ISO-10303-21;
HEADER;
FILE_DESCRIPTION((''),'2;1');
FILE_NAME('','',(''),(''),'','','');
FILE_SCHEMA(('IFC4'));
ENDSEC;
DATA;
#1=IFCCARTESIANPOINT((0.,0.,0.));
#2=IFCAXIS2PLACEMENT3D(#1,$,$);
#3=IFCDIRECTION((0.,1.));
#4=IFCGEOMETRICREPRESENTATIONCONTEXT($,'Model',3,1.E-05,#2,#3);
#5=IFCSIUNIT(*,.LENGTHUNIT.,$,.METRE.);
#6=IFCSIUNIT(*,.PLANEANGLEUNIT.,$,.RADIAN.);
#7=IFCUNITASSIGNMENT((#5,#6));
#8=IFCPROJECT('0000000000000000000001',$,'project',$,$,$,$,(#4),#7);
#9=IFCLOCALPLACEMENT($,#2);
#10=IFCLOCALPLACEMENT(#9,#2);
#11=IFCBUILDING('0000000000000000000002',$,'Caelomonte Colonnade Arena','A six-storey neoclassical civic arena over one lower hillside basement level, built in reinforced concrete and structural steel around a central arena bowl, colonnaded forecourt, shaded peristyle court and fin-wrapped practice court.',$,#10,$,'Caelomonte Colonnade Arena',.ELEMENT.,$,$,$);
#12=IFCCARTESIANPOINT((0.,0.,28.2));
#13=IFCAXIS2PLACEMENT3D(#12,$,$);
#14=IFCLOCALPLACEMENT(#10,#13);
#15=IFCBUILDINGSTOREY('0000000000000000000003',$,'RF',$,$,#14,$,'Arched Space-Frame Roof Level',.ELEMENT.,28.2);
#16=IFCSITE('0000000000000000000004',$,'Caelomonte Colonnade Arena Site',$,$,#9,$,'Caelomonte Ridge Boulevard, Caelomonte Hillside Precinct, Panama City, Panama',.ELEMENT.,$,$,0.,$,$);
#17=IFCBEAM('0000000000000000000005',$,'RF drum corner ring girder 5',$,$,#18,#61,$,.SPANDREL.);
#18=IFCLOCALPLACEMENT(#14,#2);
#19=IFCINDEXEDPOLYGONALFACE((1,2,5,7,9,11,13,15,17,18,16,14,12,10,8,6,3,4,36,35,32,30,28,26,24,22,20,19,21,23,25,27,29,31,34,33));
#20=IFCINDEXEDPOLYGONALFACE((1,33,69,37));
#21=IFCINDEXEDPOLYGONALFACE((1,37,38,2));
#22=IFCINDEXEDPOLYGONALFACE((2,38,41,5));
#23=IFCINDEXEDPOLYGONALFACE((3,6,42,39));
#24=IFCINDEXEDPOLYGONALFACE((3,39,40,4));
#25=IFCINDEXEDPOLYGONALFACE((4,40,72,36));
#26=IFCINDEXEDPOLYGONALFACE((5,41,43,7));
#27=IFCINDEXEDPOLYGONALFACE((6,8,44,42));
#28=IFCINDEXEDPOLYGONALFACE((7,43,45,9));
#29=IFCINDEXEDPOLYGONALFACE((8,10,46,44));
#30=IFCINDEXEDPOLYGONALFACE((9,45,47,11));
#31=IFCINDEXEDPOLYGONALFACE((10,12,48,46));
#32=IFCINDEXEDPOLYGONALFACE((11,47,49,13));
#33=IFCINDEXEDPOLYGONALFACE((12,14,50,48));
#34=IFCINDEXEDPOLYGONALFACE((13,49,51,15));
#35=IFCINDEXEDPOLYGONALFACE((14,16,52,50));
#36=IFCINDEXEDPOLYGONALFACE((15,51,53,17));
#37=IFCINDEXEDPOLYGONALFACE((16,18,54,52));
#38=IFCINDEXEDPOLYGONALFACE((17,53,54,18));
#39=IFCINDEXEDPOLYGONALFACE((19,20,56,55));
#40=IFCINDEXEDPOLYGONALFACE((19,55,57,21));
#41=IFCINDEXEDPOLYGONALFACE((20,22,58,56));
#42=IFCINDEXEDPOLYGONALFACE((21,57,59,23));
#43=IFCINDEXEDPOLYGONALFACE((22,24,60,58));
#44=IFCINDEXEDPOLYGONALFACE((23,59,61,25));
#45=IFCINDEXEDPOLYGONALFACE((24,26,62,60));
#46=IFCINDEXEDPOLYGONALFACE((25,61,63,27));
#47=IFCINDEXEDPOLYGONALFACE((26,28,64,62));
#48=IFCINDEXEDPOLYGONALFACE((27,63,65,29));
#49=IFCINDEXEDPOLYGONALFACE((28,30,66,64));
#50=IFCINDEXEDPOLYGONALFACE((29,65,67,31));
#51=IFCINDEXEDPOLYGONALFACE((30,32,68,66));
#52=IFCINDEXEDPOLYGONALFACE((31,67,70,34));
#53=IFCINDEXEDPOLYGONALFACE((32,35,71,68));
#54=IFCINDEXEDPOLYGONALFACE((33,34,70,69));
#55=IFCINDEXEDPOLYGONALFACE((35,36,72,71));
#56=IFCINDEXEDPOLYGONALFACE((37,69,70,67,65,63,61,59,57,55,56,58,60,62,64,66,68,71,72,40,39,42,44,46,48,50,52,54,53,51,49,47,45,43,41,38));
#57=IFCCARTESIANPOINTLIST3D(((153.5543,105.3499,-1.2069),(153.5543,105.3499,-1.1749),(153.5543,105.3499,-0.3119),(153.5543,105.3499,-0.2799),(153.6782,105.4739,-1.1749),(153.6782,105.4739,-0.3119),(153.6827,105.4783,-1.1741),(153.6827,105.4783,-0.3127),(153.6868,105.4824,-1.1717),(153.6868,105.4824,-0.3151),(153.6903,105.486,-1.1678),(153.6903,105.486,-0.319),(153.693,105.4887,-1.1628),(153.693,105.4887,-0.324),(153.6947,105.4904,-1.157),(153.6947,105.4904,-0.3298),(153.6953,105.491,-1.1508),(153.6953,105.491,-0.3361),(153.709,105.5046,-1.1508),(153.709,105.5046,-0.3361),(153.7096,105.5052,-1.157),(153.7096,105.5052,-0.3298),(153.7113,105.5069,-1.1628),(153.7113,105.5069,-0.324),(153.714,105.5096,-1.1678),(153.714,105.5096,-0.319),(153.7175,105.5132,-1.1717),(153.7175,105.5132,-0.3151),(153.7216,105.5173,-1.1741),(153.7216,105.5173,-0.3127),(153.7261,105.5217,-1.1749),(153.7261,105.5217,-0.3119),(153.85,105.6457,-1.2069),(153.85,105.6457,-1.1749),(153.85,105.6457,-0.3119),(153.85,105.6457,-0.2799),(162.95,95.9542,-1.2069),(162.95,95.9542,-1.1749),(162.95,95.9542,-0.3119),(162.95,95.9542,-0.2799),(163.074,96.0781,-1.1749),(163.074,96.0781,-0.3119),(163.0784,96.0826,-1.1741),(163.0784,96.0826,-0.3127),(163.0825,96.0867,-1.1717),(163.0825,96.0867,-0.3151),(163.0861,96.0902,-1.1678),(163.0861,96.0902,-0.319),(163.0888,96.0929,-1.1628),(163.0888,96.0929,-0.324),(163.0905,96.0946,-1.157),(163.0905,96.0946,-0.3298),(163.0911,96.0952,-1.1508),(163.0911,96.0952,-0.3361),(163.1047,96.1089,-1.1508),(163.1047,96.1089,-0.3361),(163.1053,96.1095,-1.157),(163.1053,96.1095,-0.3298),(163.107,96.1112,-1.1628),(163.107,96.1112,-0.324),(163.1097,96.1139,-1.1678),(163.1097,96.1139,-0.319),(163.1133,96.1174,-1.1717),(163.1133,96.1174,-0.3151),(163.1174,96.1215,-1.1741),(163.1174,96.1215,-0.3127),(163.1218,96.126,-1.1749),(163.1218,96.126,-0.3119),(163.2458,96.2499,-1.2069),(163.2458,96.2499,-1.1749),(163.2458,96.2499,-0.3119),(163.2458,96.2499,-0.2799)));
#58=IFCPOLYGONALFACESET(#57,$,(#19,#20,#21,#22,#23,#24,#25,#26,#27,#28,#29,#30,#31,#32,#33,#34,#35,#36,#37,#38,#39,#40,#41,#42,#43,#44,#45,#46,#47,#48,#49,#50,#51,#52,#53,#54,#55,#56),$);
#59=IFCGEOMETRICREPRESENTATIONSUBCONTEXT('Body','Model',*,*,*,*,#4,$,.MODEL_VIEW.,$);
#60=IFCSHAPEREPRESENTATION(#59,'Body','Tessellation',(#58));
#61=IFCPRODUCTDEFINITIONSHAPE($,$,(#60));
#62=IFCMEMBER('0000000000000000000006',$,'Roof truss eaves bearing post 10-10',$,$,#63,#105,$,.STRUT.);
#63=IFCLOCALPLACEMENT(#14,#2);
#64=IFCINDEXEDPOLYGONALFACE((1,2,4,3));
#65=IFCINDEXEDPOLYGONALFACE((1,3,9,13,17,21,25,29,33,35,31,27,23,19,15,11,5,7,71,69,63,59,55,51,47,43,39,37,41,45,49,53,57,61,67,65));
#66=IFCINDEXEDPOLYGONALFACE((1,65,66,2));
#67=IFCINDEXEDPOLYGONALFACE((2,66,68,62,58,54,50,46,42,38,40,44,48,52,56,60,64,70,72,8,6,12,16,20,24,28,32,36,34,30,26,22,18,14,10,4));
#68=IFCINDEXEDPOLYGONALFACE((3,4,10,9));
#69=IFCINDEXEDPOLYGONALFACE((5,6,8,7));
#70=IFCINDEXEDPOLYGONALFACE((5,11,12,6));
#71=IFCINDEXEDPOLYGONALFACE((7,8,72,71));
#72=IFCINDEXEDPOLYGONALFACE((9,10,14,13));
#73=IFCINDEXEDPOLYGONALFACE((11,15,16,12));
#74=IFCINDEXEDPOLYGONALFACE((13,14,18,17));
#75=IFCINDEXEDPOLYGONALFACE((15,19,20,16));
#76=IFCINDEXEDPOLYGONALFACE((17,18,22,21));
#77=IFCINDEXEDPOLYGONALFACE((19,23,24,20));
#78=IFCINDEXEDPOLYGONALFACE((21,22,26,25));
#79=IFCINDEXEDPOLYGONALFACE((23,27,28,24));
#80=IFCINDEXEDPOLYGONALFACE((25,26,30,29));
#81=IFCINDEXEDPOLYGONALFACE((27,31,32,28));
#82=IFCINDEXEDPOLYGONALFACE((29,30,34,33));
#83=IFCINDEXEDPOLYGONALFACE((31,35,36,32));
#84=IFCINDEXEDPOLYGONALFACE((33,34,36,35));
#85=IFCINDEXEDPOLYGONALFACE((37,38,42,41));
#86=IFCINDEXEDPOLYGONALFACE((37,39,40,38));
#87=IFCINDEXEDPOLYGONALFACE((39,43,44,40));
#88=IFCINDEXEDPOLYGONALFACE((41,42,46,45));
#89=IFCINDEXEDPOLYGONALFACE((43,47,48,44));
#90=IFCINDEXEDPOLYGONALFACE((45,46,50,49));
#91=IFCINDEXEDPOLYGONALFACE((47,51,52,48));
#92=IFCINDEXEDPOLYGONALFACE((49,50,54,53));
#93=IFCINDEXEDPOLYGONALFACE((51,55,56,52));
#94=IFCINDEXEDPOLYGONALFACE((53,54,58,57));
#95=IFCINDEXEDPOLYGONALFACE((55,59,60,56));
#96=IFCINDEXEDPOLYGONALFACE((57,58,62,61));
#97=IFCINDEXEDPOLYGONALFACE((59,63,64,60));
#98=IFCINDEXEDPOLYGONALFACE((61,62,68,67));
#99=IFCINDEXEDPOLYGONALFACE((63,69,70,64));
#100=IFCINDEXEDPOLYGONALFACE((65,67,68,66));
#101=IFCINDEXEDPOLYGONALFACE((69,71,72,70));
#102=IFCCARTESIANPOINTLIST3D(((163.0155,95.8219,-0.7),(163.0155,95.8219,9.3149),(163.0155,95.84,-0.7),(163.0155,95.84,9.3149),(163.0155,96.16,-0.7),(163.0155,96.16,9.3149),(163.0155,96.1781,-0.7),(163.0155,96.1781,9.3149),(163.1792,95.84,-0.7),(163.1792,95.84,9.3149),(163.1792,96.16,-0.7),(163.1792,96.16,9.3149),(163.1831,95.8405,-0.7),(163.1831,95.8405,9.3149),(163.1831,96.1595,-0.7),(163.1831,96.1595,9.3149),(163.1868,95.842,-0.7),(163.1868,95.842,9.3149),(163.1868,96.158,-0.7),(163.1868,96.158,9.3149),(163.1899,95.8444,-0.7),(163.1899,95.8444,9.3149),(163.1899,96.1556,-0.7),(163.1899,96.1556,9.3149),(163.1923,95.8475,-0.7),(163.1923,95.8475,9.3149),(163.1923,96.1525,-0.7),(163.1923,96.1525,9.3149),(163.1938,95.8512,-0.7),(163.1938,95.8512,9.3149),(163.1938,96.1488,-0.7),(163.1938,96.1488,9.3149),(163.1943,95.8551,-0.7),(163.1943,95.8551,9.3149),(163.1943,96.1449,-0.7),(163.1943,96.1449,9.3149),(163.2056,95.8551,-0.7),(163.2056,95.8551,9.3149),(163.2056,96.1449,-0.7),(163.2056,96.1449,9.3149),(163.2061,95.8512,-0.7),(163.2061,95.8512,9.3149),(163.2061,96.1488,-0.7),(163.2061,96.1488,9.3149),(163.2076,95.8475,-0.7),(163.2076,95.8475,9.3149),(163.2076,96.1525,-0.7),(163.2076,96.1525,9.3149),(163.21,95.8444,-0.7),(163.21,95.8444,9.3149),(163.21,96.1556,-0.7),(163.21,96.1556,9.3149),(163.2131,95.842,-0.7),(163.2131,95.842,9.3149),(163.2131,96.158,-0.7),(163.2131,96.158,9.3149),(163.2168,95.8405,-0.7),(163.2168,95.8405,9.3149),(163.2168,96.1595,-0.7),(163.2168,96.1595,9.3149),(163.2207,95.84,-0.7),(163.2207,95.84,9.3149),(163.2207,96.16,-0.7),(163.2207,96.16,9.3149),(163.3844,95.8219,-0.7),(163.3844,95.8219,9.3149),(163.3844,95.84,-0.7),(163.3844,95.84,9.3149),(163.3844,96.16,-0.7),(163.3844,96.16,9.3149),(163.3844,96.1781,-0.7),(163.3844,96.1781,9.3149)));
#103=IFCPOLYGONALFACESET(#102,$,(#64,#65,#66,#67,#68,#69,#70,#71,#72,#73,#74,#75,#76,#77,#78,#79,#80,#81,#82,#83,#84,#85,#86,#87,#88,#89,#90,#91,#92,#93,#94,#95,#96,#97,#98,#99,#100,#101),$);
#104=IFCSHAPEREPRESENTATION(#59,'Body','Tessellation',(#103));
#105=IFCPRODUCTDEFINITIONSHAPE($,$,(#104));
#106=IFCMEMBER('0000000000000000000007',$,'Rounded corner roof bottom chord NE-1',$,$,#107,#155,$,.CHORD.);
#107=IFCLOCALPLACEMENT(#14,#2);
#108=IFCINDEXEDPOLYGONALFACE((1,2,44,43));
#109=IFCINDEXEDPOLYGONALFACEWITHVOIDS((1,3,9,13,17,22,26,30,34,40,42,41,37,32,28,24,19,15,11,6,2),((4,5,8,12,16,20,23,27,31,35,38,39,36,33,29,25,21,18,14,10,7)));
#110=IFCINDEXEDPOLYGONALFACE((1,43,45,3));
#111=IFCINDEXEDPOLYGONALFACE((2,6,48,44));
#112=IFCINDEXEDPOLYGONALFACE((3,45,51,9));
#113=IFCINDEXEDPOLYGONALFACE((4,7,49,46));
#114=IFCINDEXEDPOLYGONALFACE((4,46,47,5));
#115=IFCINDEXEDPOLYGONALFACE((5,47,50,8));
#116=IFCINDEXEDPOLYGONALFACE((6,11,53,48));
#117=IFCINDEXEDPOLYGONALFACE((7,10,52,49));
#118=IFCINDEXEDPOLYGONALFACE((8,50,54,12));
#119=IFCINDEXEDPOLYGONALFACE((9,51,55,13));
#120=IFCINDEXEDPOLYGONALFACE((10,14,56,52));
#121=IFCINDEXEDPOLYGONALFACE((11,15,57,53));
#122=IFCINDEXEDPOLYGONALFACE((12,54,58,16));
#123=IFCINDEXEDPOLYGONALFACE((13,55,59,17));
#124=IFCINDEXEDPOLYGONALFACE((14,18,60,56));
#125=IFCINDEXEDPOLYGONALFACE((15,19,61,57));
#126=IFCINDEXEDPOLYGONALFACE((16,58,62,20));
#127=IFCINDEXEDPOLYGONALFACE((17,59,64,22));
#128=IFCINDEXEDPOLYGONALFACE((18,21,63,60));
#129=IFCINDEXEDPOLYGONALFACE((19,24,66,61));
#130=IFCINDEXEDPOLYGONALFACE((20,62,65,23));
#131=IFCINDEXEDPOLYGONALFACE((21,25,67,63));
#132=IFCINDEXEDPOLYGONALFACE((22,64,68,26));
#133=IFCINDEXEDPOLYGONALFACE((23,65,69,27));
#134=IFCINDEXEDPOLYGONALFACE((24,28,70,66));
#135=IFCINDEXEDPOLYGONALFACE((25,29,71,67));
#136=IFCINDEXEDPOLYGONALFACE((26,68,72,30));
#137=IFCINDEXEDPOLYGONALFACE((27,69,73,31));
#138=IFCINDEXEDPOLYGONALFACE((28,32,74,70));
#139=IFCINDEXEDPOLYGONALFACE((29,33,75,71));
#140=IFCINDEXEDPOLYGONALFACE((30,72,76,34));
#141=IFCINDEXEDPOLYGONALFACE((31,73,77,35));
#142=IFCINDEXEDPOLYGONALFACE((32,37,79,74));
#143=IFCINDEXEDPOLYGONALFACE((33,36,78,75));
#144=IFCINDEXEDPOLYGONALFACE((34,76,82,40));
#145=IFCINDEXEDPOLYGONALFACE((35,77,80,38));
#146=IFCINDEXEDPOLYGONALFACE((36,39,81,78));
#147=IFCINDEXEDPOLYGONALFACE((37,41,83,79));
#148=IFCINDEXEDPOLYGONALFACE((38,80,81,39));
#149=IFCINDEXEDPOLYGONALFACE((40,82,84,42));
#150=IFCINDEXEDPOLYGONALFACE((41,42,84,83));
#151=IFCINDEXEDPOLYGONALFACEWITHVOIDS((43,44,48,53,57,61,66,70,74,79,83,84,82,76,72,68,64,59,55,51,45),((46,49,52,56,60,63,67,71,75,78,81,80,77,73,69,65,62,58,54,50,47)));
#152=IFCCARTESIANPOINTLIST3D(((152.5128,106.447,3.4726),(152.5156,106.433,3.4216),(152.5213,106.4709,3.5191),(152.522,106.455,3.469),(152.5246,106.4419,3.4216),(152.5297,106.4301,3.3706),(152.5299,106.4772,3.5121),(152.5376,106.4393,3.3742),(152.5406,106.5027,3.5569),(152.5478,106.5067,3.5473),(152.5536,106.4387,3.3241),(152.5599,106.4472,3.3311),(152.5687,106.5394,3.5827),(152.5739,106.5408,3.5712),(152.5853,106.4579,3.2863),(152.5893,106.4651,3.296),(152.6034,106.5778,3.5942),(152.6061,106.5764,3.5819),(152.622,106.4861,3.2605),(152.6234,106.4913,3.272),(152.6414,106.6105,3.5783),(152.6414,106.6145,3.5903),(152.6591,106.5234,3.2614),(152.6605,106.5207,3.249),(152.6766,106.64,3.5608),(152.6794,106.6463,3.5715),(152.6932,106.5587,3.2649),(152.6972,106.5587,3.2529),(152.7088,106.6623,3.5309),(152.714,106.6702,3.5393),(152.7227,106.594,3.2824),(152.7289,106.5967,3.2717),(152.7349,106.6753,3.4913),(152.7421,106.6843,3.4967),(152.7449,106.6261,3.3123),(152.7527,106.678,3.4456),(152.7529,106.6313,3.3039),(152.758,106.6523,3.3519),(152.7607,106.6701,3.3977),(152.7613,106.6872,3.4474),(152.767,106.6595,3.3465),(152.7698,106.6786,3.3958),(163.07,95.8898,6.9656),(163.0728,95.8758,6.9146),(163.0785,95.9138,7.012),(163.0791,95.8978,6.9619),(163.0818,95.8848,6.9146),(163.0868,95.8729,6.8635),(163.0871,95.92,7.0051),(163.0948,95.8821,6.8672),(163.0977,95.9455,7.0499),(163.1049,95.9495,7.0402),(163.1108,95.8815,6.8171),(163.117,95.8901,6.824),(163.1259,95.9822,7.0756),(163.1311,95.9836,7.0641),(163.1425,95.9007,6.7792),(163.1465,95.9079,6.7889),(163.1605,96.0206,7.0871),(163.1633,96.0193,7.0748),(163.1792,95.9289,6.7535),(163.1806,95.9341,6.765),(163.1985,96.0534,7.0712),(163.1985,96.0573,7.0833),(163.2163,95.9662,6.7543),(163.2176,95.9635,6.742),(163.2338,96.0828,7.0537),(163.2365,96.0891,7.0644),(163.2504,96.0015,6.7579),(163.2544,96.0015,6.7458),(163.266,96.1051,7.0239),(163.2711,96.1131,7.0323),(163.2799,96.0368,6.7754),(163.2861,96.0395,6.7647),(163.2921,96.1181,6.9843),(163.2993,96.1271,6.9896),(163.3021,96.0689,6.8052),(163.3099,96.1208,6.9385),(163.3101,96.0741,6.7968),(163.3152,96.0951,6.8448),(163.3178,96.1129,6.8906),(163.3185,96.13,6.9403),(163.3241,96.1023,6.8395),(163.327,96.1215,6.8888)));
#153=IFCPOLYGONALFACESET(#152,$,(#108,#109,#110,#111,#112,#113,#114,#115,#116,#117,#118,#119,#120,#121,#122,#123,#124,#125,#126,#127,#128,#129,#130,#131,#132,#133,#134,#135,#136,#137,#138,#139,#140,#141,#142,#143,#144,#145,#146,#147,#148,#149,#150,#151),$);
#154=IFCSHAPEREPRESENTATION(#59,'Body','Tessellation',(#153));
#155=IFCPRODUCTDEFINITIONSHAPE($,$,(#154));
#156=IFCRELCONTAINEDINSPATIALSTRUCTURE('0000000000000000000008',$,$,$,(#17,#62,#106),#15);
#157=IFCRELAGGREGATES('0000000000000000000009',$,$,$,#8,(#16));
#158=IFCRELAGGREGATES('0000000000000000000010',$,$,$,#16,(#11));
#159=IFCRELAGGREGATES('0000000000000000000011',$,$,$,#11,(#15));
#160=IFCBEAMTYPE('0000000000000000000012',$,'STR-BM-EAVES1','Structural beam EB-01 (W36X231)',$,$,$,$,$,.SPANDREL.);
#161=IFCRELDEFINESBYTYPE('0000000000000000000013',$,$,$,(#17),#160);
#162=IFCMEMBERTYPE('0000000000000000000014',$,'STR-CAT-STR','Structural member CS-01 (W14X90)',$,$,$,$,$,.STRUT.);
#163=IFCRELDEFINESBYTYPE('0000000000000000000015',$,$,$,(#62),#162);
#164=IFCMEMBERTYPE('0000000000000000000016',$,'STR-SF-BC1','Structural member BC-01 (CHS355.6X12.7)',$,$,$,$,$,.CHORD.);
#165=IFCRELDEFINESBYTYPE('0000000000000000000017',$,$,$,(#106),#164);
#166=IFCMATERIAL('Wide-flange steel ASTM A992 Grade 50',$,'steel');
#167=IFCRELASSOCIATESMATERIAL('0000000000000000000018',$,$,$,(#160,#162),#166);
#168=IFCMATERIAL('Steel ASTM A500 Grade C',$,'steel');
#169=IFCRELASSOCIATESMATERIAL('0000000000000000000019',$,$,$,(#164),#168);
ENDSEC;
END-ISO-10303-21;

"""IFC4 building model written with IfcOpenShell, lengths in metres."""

from ifc_helpers import new_model, si_unit, direction, frame, origin, origin_2d, place, context, subcontext, project, spatial, hollow_circle, i_section, extrude, material, material_profile, profile_set, type_object, element, save


model = new_model("IFC4")

# Units and contexts
model_context = context("Model", 3, precision=1e-05, world=origin(), true_north=direction((0.0, 1.0)))
body_context = subcontext(model_context, "Body", "Model", "MODEL_VIEW")
ifc_project = project(units=[si_unit("LENGTHUNIT", "METRE"), si_unit("PLANEANGLEUNIT", "RADIAN")], contexts=[model_context])

# Site, building, storey
site_placement = place(None, origin())
site = spatial("IfcSite", under=ifc_project, at=site_placement, Name="Caelomonte Colonnade Arena Site", LongName="Caelomonte Ridge Boulevard, Caelomonte Hillside Precinct, Panama City, Panama", CompositionType="ELEMENT", RefElevation=0.0)
building_placement = place(site_placement, origin())
building = spatial("IfcBuilding", under=site, at=building_placement, Name="Caelomonte Colonnade Arena", Description="A six-storey neoclassical civic arena over one lower hillside basement level, built in reinforced concrete and structural steel around a central arena bowl, colonnaded forecourt, shaded peristyle court and fin-wrapped practice court.", LongName="Caelomonte Colonnade Arena", CompositionType="ELEMENT")
storey_placement = place(building_placement, frame((0.0, 0.0, 28.2)))
storey = spatial("IfcBuildingStorey", under=building, at=storey_placement, Name="RF", LongName="Arched Space-Frame Roof Level", CompositionType="ELEMENT", Elevation=28.2)

# Beam
ifc_material_1 = material(Name="Wide-flange steel ASTM A992 Grade 50", Category="steel")
ifc_material_profile_1 = material_profile(ifc_material_1, i_section(OverallWidth=0.4182, OverallDepth=0.927, WebThickness=0.0193, FlangeThickness=0.032, FilletRadius=0.0242, at=origin_2d()), Name="W36X231")
ifc_profile_set_1 = profile_set([ifc_material_profile_1], Name="Wide-flange steel ASTM A992 Grade 50")
beam_type = type_object("IfcBeamType", Name="STR-BM-EAVES1", Description="Structural beam EB-01 (W36X231)", PredefinedType="SPANDREL", material=ifc_profile_set_1)
beam_placement = place(storey_placement, frame((163.0979, 96.1021, -0.7434), z_axis=(-0.707107, 0.707107, 0.0), x_axis=(-0.707107, -0.707107, 0.0)))
element("IfcBeam", 1, at=beam_placement, inside=storey, type_object=beam_type, Name="RF drum corner ring girder 5", PredefinedType="SPANDREL", context=body_context, shape_type="SweptSolid", body=[
    extrude(i_section(OverallWidth=0.4182, OverallDepth=0.927, WebThickness=0.0193, FlangeThickness=0.032, FilletRadius=0.0242, at=origin_2d()), origin(), (0.0, 0.0, 1.0), 13.2876),
])

# Members
ifc_material_profile_2 = material_profile(ifc_material_1, i_section(OverallWidth=0.3689, OverallDepth=0.3562, WebThickness=0.0112, FlangeThickness=0.0181, FilletRadius=0.0151, at=origin_2d()), Name="W14X90")
ifc_profile_set_2 = profile_set([ifc_material_profile_2], Name="Wide-flange steel ASTM A992 Grade 50")
member_type_1 = type_object("IfcMemberType", Name="STR-CAT-STR", Description="Structural member CS-01 (W14X90)", PredefinedType="STRUT", material=ifc_profile_set_2)
member_1_placement = place(storey_placement, frame((163.2, 96.0, -0.7), z_axis=(0.0, 0.0, 1.0), x_axis=(1.0, 0.0, 0.0)))
element("IfcMember", 2, at=member_1_placement, inside=storey, type_object=member_type_1, Name="Roof truss eaves bearing post 10-10", PredefinedType="STRUT", context=body_context, shape_type="SweptSolid", body=[
    extrude(i_section(OverallWidth=0.3689, OverallDepth=0.3562, WebThickness=0.0112, FlangeThickness=0.0181, FilletRadius=0.0151, at=origin_2d()), origin(), (0.0, 0.0, 1.0), 10.0149),
])
ifc_material_2 = material(Name="Steel ASTM A500 Grade C", Category="steel")
ifc_material_profile_3 = material_profile(ifc_material_2, hollow_circle(Radius=0.1777, WallThickness=0.0127, at=origin_2d()), Name="CHS355.6X12.7")
ifc_profile_set_3 = profile_set([ifc_material_profile_3], Name="Steel ASTM A500 Grade C")
member_type_2 = type_object("IfcMemberType", Name="STR-SF-BC1", Description="Structural member BC-01 (CHS355.6X12.7)", PredefinedType="CHORD", material=ifc_profile_set_3)
member_2_placement = place(storey_placement, frame((163.1985, 96.0015, 6.9146), z_axis=(-0.688515, 0.688515, -0.227801), x_axis=(-0.707107, -0.707107, 0.0)))
element("IfcMember", 3, at=member_2_placement, inside=storey, type_object=member_type_2, Name="Rounded corner roof bottom chord NE-1", PredefinedType="CHORD", context=body_context, shape_type="SweptSolid", body=[
    extrude(hollow_circle(Radius=0.1777, WallThickness=0.0127, at=origin_2d()), origin(), (0.0, 0.0, 1.0), 15.3333),
])

save(model, "model.ifc")
